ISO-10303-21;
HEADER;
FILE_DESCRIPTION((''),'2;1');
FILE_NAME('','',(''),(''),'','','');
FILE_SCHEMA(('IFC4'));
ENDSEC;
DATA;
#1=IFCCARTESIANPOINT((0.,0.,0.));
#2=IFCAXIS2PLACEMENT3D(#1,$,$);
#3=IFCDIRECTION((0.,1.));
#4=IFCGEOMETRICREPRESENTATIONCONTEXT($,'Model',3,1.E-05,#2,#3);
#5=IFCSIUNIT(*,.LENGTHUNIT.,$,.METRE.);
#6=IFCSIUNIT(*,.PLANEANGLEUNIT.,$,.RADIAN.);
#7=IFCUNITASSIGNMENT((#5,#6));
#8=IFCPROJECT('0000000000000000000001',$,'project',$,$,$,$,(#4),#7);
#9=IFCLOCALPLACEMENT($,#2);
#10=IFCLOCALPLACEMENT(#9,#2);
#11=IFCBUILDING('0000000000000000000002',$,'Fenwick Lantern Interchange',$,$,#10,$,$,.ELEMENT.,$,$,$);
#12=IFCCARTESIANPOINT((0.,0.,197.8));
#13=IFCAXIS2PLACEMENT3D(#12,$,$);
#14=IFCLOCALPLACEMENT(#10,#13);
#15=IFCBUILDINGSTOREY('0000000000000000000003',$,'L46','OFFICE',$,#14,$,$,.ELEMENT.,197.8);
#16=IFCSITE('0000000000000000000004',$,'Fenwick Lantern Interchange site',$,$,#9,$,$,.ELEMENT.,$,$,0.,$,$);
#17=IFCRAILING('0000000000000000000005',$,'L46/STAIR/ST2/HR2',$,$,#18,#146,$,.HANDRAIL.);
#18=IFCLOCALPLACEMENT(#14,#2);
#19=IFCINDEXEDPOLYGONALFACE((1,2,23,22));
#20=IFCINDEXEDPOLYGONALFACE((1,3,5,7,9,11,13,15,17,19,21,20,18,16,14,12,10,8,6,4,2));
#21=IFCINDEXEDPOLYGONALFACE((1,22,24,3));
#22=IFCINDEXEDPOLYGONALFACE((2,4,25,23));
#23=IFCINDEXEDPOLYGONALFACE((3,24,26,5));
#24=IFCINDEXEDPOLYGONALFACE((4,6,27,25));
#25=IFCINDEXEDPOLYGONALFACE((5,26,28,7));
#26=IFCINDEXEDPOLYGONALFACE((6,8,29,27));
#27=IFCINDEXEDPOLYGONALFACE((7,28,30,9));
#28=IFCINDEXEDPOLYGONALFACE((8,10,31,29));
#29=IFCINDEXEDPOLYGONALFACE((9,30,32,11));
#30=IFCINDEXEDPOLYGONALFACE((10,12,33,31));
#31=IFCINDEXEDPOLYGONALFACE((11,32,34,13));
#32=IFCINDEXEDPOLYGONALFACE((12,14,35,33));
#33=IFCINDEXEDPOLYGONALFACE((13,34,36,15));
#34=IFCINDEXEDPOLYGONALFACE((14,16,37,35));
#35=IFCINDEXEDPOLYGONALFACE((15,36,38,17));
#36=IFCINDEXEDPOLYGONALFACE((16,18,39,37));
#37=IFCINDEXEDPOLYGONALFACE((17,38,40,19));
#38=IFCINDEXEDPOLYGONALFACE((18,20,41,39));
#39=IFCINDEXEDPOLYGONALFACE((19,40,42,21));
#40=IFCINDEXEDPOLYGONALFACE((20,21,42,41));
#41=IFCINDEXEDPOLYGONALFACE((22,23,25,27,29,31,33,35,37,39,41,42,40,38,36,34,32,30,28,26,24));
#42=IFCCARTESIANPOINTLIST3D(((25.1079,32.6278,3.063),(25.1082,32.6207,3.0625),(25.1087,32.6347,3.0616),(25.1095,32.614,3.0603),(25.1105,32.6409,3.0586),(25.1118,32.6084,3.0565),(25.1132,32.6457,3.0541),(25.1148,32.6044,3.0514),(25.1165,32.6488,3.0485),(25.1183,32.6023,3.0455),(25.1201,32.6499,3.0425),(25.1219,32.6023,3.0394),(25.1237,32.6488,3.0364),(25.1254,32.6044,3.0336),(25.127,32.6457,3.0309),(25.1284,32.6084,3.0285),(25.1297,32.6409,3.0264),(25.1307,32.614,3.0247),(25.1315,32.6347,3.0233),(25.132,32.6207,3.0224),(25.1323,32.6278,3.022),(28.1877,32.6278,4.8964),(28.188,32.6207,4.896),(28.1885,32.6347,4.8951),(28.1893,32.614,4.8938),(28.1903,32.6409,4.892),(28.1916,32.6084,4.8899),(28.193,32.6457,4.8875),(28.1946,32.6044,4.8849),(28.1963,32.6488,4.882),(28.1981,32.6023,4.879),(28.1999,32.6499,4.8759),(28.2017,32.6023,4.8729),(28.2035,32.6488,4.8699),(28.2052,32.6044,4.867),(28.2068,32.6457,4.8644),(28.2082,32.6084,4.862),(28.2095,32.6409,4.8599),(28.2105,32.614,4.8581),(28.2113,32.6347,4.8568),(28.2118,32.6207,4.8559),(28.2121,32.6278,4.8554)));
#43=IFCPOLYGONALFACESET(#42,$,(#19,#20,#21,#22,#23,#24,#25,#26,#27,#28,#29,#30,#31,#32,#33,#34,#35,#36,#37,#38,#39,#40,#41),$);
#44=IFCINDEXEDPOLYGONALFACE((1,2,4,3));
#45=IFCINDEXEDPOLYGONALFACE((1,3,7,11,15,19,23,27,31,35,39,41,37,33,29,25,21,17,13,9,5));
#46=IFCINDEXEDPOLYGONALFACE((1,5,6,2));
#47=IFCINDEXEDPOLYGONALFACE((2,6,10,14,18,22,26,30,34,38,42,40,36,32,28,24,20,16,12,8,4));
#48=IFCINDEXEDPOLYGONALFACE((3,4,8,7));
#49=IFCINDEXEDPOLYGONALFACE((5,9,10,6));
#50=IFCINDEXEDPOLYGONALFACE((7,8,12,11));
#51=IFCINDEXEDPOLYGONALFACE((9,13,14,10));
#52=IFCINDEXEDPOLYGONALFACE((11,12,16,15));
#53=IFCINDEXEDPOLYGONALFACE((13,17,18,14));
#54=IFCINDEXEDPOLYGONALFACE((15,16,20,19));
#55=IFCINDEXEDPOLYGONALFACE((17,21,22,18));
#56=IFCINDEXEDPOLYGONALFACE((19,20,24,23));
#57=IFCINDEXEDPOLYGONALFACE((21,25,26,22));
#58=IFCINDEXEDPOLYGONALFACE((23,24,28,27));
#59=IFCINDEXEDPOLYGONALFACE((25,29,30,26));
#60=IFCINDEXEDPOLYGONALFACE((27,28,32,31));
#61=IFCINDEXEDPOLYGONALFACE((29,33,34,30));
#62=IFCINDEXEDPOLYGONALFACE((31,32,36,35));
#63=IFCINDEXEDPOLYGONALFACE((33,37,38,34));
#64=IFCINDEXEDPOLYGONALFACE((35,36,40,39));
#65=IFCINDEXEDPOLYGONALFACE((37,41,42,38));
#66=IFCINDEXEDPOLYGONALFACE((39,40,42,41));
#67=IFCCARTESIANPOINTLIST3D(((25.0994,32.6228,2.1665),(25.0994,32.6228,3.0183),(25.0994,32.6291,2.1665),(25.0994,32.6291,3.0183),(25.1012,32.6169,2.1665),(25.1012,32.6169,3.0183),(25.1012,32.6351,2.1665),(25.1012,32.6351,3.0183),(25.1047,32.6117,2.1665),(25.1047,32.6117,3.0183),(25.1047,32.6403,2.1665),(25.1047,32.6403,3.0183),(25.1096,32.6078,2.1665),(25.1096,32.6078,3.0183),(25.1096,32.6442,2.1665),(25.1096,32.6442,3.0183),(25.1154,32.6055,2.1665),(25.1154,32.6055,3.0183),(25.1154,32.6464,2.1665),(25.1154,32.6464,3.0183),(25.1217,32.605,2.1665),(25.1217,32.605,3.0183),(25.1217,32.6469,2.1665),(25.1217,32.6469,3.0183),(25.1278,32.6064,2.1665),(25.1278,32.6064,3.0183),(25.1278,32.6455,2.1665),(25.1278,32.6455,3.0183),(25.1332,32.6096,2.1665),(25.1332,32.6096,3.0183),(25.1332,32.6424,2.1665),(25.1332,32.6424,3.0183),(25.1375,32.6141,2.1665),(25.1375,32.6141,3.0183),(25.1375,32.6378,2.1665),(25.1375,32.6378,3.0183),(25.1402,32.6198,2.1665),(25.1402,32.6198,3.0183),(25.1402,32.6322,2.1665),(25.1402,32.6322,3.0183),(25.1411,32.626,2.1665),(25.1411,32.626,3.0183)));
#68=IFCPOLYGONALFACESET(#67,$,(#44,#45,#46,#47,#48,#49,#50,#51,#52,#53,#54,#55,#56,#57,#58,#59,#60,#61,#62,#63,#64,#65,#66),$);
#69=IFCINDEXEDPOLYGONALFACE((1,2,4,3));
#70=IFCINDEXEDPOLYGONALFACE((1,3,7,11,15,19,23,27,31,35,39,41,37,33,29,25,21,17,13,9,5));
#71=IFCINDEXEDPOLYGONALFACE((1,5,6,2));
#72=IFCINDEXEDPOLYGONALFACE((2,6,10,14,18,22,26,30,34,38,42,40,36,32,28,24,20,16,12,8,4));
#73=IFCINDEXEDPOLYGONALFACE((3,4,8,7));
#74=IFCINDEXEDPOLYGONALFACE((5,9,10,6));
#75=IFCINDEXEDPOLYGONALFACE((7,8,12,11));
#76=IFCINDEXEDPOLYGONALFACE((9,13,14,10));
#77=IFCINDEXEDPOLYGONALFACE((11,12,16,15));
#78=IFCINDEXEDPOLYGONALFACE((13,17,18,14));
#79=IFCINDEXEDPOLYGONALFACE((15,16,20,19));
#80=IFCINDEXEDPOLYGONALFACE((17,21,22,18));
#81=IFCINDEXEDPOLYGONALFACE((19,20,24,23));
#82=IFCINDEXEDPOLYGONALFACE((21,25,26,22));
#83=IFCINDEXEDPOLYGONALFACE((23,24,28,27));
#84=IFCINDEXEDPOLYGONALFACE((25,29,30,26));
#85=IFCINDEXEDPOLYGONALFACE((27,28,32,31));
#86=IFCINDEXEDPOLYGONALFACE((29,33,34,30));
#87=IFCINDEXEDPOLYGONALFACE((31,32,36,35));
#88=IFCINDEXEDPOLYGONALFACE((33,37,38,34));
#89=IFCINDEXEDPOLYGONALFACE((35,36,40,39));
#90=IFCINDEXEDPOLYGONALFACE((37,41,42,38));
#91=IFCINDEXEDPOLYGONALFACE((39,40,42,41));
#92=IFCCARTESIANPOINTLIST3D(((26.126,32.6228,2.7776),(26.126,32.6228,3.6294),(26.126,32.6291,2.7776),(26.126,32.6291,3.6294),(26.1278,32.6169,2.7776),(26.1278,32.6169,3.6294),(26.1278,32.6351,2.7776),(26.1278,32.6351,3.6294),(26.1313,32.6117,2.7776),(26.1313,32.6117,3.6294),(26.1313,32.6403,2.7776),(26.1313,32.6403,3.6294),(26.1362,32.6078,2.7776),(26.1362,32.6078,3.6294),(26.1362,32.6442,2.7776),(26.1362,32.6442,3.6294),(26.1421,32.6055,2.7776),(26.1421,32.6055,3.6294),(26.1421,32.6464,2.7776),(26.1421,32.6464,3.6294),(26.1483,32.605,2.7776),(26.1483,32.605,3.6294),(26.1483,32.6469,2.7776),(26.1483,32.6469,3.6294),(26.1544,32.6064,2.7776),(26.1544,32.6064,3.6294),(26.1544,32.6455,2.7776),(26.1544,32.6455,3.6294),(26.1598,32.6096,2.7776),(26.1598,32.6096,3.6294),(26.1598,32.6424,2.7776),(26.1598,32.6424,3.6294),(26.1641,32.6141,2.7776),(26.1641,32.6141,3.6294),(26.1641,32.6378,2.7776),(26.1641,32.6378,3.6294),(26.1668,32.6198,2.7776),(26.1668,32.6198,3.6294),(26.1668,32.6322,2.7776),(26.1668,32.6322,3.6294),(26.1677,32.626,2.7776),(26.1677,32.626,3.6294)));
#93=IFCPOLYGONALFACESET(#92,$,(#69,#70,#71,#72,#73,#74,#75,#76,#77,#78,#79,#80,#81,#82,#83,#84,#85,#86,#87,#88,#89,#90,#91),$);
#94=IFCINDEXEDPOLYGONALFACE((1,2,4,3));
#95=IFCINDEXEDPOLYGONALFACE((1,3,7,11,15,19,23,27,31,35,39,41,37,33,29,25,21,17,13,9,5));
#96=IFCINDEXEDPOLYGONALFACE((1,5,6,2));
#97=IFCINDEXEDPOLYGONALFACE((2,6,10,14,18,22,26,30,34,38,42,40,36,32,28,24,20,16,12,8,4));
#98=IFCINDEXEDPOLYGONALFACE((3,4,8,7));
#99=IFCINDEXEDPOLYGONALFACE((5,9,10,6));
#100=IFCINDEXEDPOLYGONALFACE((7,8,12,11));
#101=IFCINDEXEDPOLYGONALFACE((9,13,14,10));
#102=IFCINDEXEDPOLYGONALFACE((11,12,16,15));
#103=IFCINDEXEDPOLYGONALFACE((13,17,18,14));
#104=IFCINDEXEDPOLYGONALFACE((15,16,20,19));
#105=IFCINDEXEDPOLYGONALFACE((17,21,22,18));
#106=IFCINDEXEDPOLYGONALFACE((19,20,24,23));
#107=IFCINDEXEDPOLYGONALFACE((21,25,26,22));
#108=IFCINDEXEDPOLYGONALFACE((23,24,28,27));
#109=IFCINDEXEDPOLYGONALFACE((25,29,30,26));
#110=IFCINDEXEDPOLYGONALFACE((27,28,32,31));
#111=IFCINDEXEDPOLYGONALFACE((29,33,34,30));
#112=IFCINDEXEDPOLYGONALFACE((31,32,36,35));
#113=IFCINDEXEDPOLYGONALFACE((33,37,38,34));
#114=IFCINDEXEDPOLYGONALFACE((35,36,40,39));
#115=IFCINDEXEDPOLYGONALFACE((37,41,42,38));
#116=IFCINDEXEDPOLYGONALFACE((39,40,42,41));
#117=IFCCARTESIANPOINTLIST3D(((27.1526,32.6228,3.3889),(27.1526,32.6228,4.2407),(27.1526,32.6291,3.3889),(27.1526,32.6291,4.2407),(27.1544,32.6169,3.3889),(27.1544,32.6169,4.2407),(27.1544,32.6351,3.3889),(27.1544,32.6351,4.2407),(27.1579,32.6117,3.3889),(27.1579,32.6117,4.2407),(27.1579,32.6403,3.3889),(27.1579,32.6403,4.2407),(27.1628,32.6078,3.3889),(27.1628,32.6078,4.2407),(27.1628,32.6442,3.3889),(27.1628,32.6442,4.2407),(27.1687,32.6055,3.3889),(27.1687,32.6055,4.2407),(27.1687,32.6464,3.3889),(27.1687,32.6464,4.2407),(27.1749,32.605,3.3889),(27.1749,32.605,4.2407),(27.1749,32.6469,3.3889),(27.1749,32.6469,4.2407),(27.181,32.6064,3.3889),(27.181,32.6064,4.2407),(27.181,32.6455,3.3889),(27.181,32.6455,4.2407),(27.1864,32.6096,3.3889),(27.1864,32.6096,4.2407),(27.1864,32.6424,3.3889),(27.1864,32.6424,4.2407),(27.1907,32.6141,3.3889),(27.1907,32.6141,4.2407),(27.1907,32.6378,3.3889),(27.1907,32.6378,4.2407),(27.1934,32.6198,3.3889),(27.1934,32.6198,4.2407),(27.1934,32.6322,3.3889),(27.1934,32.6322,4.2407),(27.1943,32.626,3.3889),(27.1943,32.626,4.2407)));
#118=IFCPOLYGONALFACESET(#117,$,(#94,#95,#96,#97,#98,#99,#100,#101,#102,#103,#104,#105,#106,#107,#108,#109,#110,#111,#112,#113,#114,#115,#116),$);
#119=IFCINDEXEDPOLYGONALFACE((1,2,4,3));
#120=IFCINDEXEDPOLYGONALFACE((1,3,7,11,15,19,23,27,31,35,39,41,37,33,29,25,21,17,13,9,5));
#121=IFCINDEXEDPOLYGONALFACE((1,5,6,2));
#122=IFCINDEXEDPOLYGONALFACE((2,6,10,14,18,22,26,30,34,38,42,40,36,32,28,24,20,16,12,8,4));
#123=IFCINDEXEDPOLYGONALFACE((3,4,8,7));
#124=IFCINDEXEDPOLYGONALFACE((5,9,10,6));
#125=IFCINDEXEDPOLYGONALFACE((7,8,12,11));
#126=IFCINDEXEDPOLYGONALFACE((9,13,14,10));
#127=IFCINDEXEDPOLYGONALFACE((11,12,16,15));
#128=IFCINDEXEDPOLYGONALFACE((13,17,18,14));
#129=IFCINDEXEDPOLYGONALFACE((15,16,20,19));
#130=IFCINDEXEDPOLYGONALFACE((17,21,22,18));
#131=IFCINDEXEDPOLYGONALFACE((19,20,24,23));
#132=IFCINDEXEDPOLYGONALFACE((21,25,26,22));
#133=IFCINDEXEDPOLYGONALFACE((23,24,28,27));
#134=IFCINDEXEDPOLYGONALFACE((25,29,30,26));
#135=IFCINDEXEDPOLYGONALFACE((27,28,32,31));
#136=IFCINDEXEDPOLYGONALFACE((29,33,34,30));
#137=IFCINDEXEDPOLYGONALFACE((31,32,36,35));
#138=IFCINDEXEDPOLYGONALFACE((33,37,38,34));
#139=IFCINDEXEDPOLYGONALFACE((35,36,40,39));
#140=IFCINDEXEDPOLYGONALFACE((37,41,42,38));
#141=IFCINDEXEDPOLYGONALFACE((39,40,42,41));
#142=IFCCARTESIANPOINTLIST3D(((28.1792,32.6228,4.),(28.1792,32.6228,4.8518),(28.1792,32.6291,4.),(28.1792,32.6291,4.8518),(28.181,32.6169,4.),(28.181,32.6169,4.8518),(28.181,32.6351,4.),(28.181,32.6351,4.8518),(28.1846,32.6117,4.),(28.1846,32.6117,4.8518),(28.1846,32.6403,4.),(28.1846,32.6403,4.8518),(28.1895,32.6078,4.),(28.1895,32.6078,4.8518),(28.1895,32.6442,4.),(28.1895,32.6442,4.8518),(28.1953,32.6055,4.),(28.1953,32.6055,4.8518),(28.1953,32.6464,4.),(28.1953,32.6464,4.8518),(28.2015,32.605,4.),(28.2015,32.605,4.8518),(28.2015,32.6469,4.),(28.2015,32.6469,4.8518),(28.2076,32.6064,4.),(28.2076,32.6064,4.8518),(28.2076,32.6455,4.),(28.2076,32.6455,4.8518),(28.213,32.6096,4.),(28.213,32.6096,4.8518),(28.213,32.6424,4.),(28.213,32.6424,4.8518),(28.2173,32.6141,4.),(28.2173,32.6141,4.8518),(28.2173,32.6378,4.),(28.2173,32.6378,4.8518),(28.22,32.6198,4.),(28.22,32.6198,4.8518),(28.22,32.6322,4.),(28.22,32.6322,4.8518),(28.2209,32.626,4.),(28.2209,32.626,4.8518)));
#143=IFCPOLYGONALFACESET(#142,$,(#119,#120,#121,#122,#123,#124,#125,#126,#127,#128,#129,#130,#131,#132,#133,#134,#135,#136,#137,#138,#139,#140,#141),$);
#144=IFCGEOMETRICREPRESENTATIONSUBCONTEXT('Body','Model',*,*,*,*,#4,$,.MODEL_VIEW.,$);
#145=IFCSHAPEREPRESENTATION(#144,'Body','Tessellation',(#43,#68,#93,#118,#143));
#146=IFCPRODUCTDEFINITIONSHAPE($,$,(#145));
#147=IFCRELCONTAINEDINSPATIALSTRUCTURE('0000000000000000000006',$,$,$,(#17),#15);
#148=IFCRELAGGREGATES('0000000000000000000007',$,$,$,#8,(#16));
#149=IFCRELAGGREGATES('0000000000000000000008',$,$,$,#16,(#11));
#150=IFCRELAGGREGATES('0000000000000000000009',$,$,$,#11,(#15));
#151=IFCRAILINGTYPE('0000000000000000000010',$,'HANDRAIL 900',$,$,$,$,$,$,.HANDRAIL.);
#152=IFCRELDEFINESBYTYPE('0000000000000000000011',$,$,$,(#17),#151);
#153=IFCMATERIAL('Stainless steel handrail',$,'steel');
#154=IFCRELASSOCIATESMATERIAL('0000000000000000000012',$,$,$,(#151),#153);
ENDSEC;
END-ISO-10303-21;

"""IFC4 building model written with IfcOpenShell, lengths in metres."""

from ifc_helpers import new_model, si_unit, direction, frame, origin, origin_2d, place, context, subcontext, project, spatial, circle, extrude, material, type_object, element, save


model = new_model("IFC4")

# Units and contexts
model_context = context("Model", 3, precision=1e-05, world=origin(), true_north=direction((0.0, 1.0)))
body_context = subcontext(model_context, "Body", "Model", "MODEL_VIEW")
ifc_project = project(units=[si_unit("LENGTHUNIT", "METRE"), si_unit("PLANEANGLEUNIT", "RADIAN")], contexts=[model_context])

# Site, building, storey
site_placement = place(None, origin())
site = spatial("IfcSite", under=ifc_project, at=site_placement, Name="Fenwick Lantern Interchange site", CompositionType="ELEMENT", RefElevation=0.0)
building_placement = place(site_placement, origin())
building = spatial("IfcBuilding", under=site, at=building_placement, Name="Fenwick Lantern Interchange", CompositionType="ELEMENT")
storey_placement = place(building_placement, frame((0.0, 0.0, 197.8)))
storey = spatial("IfcBuildingStorey", under=building, at=storey_placement, Name="L46", Description="OFFICE", CompositionType="ELEMENT", Elevation=197.8)

# Railing
ifc_material_1 = material(Name="Stainless steel handrail", Category="steel")
railing_type = type_object("IfcRailingType", Name="HANDRAIL 900", PredefinedType="HANDRAIL", material=ifc_material_1)
railing_1_placement = place(storey_placement, frame((25.1201, 32.626, 2.1665)))
element("IfcRailing", 1, at=railing_1_placement, inside=storey, type_object=railing_type, Name="L46/STAIR/ST2/HR2", PredefinedType="HANDRAIL", context=body_context, shape_type="SweptSolid", body=[
    extrude(circle(Radius=0.0239, at=origin_2d()), frame((0.0, 0.0, 0.876), z_axis=(0.859261, 0.0, 0.511538), x_axis=(0.0, 1.0, 0.0)), (0.0, 0.0, 1.0), 3.5842),
    extrude(circle(Radius=0.021, at=origin_2d()), origin(), (0.0, 0.0, 1.0), 0.8518),
    extrude(circle(Radius=0.021, at=origin_2d()), frame((1.0266, 0.0, 0.6111)), (0.0, 0.0, 1.0), 0.8518),
    extrude(circle(Radius=0.021, at=origin_2d()), frame((2.0532, 0.0, 1.2224)), (0.0, 0.0, 1.0), 0.8518),
    extrude(circle(Radius=0.021, at=origin_2d()), frame((3.0798, 0.0, 1.8335)), (0.0, 0.0, 1.0), 0.8518),
])

save(model, "model.ifc")
